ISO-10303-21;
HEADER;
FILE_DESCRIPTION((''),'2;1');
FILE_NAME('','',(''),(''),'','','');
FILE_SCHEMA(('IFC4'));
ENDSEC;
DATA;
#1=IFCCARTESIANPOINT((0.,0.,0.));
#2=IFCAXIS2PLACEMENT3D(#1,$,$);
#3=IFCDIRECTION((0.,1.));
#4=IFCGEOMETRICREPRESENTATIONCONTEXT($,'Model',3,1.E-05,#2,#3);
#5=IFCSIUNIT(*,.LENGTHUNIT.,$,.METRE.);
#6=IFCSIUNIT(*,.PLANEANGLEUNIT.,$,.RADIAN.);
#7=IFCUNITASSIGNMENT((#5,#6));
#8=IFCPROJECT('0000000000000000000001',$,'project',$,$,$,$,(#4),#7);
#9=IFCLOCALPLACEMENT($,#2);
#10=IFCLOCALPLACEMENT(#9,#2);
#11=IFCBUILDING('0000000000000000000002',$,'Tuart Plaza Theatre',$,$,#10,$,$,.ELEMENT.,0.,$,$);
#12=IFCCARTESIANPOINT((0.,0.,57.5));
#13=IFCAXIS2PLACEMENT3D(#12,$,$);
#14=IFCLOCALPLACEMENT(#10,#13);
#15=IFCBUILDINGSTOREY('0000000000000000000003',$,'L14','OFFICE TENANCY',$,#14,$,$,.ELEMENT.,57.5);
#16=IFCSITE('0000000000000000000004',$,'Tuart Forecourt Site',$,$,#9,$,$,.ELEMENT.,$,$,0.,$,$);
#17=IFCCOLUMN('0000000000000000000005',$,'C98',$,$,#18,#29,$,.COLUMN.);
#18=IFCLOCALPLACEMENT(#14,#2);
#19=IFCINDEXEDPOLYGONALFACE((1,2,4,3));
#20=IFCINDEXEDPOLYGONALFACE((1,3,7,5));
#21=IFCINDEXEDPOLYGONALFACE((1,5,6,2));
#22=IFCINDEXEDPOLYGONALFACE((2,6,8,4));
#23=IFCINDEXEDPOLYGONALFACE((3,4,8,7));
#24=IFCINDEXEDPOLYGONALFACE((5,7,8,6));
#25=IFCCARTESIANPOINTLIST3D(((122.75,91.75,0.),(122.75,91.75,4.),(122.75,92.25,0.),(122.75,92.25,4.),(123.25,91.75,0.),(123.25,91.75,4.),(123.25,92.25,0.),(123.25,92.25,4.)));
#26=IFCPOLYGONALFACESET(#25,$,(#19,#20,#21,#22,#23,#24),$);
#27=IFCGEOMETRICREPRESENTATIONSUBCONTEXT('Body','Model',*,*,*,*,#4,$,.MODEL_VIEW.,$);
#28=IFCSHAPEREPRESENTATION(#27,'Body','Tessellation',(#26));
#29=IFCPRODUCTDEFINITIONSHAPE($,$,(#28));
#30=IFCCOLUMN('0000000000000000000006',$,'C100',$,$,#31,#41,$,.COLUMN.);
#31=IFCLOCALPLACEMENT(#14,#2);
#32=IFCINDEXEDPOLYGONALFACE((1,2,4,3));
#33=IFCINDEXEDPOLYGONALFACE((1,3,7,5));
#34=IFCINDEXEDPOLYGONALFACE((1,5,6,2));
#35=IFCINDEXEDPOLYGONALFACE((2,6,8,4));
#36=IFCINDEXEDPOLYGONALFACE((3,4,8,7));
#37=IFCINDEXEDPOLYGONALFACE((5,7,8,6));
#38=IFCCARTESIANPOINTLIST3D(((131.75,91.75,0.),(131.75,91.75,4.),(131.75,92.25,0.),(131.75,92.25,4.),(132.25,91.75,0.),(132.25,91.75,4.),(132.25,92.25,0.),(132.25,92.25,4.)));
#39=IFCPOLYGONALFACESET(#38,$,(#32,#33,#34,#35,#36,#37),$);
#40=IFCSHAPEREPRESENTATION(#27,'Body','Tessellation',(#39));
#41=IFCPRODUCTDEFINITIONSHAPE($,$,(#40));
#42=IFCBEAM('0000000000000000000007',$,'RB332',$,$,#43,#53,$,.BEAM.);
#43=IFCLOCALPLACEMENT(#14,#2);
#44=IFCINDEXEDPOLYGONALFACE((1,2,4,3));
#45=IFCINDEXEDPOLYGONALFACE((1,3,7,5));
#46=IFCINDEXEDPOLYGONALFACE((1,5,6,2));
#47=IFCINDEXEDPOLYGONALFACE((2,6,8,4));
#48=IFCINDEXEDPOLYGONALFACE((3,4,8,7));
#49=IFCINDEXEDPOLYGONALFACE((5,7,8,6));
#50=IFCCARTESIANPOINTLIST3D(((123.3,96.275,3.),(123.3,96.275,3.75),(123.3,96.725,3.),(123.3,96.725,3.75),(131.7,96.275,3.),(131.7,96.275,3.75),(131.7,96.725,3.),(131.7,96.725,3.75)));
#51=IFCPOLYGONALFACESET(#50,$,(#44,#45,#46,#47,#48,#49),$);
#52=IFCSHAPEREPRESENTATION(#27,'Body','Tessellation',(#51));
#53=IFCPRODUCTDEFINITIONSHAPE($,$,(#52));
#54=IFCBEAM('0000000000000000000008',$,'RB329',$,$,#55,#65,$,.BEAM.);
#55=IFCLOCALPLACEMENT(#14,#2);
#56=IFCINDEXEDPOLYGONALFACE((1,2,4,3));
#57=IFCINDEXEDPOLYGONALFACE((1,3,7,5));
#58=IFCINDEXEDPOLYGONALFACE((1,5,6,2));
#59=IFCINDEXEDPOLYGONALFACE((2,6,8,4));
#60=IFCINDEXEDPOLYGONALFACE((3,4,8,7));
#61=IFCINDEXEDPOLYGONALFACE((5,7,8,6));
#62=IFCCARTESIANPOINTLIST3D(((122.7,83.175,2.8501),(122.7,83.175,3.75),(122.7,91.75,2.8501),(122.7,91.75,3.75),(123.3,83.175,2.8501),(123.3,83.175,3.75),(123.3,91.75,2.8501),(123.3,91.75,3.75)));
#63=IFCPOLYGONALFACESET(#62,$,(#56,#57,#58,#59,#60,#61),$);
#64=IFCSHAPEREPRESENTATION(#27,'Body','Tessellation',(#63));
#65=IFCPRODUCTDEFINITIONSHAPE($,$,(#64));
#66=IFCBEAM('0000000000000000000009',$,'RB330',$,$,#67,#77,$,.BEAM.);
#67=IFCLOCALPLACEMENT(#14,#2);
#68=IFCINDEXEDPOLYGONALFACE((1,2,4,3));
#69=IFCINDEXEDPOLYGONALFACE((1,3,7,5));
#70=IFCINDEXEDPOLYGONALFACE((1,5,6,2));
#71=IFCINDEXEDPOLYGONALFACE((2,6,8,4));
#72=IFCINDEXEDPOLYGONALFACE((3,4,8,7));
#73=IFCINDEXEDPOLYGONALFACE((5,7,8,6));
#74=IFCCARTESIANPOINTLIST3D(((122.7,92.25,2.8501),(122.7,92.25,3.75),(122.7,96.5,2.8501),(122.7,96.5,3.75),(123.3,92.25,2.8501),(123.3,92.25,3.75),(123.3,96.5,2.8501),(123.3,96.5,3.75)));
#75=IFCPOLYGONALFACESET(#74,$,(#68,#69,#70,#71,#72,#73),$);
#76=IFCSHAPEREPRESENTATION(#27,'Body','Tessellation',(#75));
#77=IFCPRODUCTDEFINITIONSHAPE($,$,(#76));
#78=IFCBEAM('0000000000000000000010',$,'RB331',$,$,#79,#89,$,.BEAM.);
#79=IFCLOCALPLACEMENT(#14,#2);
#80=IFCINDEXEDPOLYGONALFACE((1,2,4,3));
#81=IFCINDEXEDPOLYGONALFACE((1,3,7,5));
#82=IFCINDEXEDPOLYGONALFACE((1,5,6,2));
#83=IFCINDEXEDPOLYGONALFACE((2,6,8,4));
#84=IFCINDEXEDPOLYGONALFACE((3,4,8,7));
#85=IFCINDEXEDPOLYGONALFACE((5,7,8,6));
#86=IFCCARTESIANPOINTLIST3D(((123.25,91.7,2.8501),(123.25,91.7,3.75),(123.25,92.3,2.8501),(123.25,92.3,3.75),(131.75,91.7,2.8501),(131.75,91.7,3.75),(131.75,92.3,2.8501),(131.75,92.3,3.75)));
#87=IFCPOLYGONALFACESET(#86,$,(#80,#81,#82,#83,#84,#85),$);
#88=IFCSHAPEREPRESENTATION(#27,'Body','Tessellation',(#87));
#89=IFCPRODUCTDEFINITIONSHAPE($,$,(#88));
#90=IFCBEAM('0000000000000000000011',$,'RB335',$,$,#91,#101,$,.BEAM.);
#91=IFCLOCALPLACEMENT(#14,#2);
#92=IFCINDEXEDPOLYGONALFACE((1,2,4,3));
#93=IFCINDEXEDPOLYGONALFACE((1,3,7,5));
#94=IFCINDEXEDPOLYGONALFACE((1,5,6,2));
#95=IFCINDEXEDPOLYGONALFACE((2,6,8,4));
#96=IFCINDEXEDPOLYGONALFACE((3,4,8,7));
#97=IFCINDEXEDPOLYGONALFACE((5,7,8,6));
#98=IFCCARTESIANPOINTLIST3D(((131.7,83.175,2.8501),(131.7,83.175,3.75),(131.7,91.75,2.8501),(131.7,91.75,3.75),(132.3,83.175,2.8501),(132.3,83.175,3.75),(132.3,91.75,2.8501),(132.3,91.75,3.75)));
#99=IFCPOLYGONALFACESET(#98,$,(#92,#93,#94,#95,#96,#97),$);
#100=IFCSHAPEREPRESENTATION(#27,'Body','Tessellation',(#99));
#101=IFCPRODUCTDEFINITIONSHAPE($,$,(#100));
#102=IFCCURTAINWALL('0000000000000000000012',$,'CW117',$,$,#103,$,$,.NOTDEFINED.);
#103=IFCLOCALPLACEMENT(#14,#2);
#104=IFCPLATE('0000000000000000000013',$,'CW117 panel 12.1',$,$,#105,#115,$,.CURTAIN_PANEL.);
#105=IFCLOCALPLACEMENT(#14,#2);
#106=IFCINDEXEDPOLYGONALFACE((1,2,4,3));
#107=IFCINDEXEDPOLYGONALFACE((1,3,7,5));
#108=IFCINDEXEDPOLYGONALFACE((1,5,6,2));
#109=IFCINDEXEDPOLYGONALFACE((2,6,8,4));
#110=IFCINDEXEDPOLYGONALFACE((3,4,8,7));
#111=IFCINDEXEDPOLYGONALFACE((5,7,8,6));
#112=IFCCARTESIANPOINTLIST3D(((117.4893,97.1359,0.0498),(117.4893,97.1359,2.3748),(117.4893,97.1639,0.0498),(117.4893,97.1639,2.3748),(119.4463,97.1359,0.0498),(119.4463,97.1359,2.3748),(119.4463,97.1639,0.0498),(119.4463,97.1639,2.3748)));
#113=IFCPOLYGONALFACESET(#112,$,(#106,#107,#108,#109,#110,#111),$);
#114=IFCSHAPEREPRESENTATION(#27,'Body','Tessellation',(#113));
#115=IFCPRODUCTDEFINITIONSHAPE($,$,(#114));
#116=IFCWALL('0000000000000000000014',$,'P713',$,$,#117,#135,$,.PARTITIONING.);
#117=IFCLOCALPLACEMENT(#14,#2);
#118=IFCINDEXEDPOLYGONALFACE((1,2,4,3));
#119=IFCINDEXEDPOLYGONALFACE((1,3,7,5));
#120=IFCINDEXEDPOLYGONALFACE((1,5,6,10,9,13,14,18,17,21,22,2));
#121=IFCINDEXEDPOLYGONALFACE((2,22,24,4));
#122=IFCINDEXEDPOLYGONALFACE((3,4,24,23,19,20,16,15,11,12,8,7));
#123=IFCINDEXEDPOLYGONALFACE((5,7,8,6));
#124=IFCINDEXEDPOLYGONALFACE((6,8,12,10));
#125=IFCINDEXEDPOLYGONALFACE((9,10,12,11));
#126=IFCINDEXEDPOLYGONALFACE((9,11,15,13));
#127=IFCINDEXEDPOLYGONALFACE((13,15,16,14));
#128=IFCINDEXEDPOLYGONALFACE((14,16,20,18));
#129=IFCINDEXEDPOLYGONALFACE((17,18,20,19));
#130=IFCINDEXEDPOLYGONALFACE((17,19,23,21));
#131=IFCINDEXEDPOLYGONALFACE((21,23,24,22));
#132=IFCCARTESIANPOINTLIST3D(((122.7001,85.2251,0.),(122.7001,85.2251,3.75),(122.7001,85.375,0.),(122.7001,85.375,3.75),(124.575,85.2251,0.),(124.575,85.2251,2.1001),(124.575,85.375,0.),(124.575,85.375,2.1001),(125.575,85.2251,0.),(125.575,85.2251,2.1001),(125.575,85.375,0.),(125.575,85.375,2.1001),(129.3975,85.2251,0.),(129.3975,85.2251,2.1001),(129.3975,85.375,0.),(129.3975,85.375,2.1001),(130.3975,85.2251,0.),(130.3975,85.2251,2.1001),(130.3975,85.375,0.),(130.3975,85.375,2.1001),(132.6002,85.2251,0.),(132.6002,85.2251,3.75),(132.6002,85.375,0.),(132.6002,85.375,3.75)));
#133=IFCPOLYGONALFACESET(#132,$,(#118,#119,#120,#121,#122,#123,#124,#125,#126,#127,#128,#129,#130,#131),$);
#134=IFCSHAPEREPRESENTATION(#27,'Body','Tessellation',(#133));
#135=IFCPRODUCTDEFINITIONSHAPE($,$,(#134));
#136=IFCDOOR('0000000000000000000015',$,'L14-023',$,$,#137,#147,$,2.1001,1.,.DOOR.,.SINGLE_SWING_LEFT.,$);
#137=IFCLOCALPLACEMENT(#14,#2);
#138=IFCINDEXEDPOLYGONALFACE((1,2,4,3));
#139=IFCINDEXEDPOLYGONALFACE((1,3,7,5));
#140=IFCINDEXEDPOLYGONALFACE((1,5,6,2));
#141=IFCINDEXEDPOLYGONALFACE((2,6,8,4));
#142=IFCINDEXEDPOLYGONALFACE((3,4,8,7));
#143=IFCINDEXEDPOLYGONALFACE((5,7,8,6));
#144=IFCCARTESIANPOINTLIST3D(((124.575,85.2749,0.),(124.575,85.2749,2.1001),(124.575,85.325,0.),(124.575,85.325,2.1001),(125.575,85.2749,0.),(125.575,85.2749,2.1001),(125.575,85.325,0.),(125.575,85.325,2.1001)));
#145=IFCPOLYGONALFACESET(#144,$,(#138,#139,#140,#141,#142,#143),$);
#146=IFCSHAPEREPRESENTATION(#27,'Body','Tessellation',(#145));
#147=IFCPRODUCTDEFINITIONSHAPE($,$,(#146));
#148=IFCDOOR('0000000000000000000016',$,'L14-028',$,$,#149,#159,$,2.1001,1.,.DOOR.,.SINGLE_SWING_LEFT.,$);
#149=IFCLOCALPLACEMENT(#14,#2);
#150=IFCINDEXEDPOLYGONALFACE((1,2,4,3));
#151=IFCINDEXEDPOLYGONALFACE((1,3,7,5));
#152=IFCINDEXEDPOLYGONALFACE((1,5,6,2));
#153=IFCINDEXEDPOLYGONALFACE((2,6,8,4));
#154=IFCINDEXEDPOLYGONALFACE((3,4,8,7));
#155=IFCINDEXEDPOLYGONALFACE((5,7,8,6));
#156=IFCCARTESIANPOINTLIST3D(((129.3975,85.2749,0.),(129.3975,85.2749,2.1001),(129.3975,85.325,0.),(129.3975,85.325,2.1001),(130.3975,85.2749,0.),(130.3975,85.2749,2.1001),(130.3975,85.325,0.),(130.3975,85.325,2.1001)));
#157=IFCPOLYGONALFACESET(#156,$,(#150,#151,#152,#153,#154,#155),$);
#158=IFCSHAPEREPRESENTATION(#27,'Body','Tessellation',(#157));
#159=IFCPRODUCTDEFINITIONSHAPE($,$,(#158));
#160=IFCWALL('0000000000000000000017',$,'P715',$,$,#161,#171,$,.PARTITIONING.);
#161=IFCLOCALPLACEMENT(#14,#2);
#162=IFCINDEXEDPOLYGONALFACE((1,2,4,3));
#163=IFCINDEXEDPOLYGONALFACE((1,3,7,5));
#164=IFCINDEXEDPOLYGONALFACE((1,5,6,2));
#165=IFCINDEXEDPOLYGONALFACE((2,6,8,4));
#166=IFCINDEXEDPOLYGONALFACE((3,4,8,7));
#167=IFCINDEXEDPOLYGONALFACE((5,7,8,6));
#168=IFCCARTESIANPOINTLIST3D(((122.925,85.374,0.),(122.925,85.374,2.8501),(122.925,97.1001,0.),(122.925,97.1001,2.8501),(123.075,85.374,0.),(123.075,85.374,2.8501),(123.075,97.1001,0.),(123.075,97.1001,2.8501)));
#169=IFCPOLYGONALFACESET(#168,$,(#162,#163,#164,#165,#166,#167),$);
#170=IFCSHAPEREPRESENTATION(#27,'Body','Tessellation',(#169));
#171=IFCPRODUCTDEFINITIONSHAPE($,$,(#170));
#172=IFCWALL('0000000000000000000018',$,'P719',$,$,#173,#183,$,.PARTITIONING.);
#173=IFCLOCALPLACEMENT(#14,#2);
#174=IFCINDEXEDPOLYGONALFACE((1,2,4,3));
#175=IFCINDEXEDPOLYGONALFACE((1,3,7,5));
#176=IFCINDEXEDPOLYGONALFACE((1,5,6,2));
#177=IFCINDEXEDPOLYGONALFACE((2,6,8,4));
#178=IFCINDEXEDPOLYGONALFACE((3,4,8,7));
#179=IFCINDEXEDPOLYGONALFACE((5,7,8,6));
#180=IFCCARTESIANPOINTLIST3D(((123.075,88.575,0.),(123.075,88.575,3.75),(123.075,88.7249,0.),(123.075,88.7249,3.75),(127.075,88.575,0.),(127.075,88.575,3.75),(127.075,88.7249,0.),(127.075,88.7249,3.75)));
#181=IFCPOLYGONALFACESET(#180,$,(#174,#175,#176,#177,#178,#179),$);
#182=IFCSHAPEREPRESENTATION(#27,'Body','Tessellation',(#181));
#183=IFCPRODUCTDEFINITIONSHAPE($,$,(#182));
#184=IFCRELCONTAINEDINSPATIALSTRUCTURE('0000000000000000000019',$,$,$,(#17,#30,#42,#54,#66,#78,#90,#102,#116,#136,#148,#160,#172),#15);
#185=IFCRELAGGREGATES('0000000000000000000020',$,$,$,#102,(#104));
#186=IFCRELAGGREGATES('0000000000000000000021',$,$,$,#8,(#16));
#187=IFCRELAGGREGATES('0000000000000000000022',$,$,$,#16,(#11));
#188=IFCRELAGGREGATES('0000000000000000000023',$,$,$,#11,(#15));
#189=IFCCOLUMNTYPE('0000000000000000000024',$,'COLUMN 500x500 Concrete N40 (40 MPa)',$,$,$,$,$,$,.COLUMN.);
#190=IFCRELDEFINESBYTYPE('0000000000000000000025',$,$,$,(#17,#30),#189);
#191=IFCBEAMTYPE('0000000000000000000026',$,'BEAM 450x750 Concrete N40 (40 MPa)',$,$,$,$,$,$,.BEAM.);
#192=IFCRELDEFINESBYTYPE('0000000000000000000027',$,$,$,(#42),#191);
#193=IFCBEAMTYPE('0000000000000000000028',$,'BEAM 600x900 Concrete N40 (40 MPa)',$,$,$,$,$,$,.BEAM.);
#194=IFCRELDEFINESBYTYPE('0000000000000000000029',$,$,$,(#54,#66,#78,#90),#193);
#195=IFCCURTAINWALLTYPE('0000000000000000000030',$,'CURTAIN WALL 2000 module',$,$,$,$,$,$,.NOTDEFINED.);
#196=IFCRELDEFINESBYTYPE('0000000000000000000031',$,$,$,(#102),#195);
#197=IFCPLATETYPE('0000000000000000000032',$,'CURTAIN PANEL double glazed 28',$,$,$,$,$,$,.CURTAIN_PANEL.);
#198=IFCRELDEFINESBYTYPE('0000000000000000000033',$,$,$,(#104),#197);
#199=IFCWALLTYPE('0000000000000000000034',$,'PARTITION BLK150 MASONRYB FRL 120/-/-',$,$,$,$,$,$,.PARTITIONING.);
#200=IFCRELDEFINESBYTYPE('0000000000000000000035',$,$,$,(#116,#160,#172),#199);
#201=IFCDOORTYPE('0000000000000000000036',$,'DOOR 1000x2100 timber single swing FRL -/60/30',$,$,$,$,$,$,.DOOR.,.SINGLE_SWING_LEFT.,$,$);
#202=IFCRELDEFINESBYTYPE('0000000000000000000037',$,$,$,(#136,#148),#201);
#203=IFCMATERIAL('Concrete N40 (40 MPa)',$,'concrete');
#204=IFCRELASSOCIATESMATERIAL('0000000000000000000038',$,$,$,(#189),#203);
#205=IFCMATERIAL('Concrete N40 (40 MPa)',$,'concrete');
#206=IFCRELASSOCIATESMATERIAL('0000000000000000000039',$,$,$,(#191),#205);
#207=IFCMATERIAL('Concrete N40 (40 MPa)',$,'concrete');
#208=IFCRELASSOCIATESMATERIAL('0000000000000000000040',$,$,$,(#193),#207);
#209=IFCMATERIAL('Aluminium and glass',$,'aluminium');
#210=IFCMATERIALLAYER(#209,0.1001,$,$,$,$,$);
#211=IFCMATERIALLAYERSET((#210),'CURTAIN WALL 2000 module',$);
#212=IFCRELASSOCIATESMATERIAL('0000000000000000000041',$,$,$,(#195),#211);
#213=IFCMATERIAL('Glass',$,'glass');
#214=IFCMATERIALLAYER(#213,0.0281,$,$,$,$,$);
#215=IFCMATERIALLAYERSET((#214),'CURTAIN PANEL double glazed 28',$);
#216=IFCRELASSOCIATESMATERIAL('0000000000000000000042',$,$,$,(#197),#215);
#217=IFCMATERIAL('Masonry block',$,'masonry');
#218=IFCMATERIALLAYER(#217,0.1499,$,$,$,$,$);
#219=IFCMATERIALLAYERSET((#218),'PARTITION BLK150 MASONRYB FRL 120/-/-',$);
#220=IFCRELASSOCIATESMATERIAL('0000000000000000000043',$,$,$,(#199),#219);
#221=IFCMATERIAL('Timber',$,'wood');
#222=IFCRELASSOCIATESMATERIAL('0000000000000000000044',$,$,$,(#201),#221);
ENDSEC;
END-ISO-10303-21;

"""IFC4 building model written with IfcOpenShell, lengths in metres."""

from ifc_helpers import new_model, si_unit, direction, frame, frame_2d, origin, origin_2d, place, context, subcontext, project, spatial, rectangle, extrude, material, layer, layer_set, material_profile, profile_set, type_object, element, fill, aggregate, save


model = new_model("IFC4")

# Units and contexts
model_context = context("Model", 3, precision=1e-05, world=origin(), true_north=direction((0.0, 1.0)))
body_context = subcontext(model_context, "Body", "Model", "MODEL_VIEW")
ifc_project = project(units=[si_unit("LENGTHUNIT", "METRE"), si_unit("PLANEANGLEUNIT", "RADIAN")], contexts=[model_context])

# Site, building, storey
site_placement = place(None, origin())
site = spatial("IfcSite", under=ifc_project, at=site_placement, Name="Tuart Forecourt Site", CompositionType="ELEMENT", RefElevation=0.0)
building_placement = place(site_placement, origin())
building = spatial("IfcBuilding", under=site, at=building_placement, Name="Tuart Plaza Theatre", CompositionType="ELEMENT", ElevationOfRefHeight=0.0)
storey_placement = place(building_placement, frame((0.0, 0.0, 57.5)))
storey = spatial("IfcBuildingStorey", under=building, at=storey_placement, Name="L14", Description="OFFICE TENANCY", CompositionType="ELEMENT", Elevation=57.5)

# Columns
ifc_material_1 = material(Name="Concrete N40 (40 MPa)", Category="concrete")
ifc_material_profile_1 = material_profile(ifc_material_1, rectangle(XDim=0.5, YDim=0.5, at=origin_2d()), Name="COLUMN 500x500 Concrete N40 (40 MPa)")
ifc_profile_set_1 = profile_set([ifc_material_profile_1], Name="Concrete N40 (40 MPa)")
column_type = type_object("IfcColumnType", Name="COLUMN 500x500 Concrete N40 (40 MPa)", PredefinedType="COLUMN", material=ifc_profile_set_1)
for number, where, z_axis, x_axis, name in (
    (1, (123.0, 92.0, 0.0), (0.0, 0.0, 1.0), (1.0, 0.0, 0.0), "C98"),
    (2, (132.0, 92.0, 0.0), (0.0, 0.0, 1.0), (1.0, 0.0, 0.0), "C100"),
):
    element("IfcColumn", number, at=place(storey_placement, frame(where, z_axis=z_axis, x_axis=x_axis)), inside=storey, type_object=column_type, Name=name, PredefinedType="COLUMN", context=body_context, shape_type="SweptSolid", body=[
        extrude(rectangle(XDim=0.5, YDim=0.5, at=origin_2d()), origin(), (0.0, 0.0, 1.0), 4.0),
    ])

# Beams
ifc_material_2 = material(Name="Concrete N40 (40 MPa)", Category="concrete")
ifc_material_profile_2 = material_profile(ifc_material_2, rectangle(XDim=0.45, YDim=0.75, at=origin_2d()), Name="BEAM 450x750 Concrete N40 (40 MPa)")
ifc_profile_set_2 = profile_set([ifc_material_profile_2], Name="Concrete N40 (40 MPa)")
beam_type_1 = type_object("IfcBeamType", Name="BEAM 450x750 Concrete N40 (40 MPa)", PredefinedType="BEAM", material=ifc_profile_set_2)
beam_1_placement = place(storey_placement, frame((123.3, 96.5, 3.375), z_axis=(1.0, 0.0, 0.0), x_axis=(0.0, 1.0, 0.0)))
element("IfcBeam", 3, at=beam_1_placement, inside=storey, type_object=beam_type_1, Name="RB332", PredefinedType="BEAM", context=body_context, shape_type="SweptSolid", body=[
    extrude(rectangle(XDim=0.45, YDim=0.75, at=origin_2d()), origin(), (0.0, 0.0, 1.0), 8.3999),
])
ifc_material_3 = material(Name="Concrete N40 (40 MPa)", Category="concrete")
ifc_material_profile_3 = material_profile(ifc_material_3, rectangle(XDim=0.6001, YDim=0.8999, at=origin_2d()), Name="BEAM 600x900 Concrete N40 (40 MPa)")
ifc_profile_set_3 = profile_set([ifc_material_profile_3], Name="Concrete N40 (40 MPa)")
beam_type_2 = type_object("IfcBeamType", Name="BEAM 600x900 Concrete N40 (40 MPa)", PredefinedType="BEAM", material=ifc_profile_set_3)
beam_2_placement = place(storey_placement, frame((123.0, 83.175, 3.3), z_axis=(0.0, 1.0, 0.0), x_axis=(-1.0, 0.0, 0.0)))
element("IfcBeam", 4, at=beam_2_placement, inside=storey, type_object=beam_type_2, Name="RB329", PredefinedType="BEAM", context=body_context, shape_type="SweptSolid", body=[
    extrude(rectangle(XDim=0.6001, YDim=0.8999, at=origin_2d()), origin(), (0.0, 0.0, 1.0), 8.575),
])
beam_3_placement = place(storey_placement, frame((123.0, 92.25, 3.3), z_axis=(0.0, 1.0, 0.0), x_axis=(-1.0, 0.0, 0.0)))
element("IfcBeam", 5, at=beam_3_placement, inside=storey, type_object=beam_type_2, Name="RB330", PredefinedType="BEAM", context=body_context, shape_type="SweptSolid", body=[
    extrude(rectangle(XDim=0.6001, YDim=0.8999, at=origin_2d()), origin(), (0.0, 0.0, 1.0), 4.25),
])
beam_4_placement = place(storey_placement, frame((123.25, 92.0, 3.3), z_axis=(1.0, 0.0, 0.0), x_axis=(0.0, 1.0, 0.0)))
element("IfcBeam", 6, at=beam_4_placement, inside=storey, type_object=beam_type_2, Name="RB331", PredefinedType="BEAM", context=body_context, shape_type="SweptSolid", body=[
    extrude(rectangle(XDim=0.6001, YDim=0.8999, at=origin_2d()), origin(), (0.0, 0.0, 1.0), 8.5),
])
beam_5_placement = place(storey_placement, frame((132.0, 83.175, 3.3), z_axis=(0.0, 1.0, 0.0), x_axis=(-1.0, 0.0, 0.0)))
element("IfcBeam", 7, at=beam_5_placement, inside=storey, type_object=beam_type_2, Name="RB335", PredefinedType="BEAM", context=body_context, shape_type="SweptSolid", body=[
    extrude(rectangle(XDim=0.6001, YDim=0.8999, at=origin_2d()), origin(), (0.0, 0.0, 1.0), 8.575),
])

# Curtain wall, plate
ifc_material_4 = material(Name="Aluminium and glass", Category="aluminium")
ifc_layer_1 = layer(ifc_material_4, 0.1001)
ifc_layer_set_1 = layer_set([ifc_layer_1], Name="CURTAIN WALL 2000 module")
curtain_wall_type = type_object("IfcCurtainWallType", Name="CURTAIN WALL 2000 module", PredefinedType="NOTDEFINED", material=ifc_layer_set_1)
curtain_wall_placement = place(storey_placement, origin())
curtain_wall = element("IfcCurtainWall", 8, at=curtain_wall_placement, inside=storey, type_object=curtain_wall_type, Name="CW117", PredefinedType="NOTDEFINED")
ifc_material_5 = material(Name="Glass", Category="glass")
ifc_layer_2 = layer(ifc_material_5, 0.0281)
ifc_layer_set_2 = layer_set([ifc_layer_2], Name="CURTAIN PANEL double glazed 28")
plate_type = type_object("IfcPlateType", Name="CURTAIN PANEL double glazed 28", PredefinedType="CURTAIN_PANEL", material=ifc_layer_set_2)
plate_placement = place(storey_placement, frame((118.4678, 97.1499, 0.0498), z_axis=(0.0, 0.0, 1.0), x_axis=(-1.0, 0.0, 0.0)))
plate = element("IfcPlate", 9, at=plate_placement, type_object=plate_type, Name="CW117 panel 12.1", PredefinedType="CURTAIN_PANEL", context=body_context, shape_type="SweptSolid", body=[
    extrude(rectangle(XDim=1.957, YDim=0.0281, at=origin_2d()), origin(), (0.0, 0.0, 1.0), 2.325),
])
aggregate(curtain_wall, [plate])

# Wall, openings, doors
ifc_material_6 = material(Name="Masonry block", Category="masonry")
ifc_layer_3 = layer(ifc_material_6, 0.1499)
ifc_layer_set_3 = layer_set([ifc_layer_3], Name="PARTITION BLK150 MASONRYB FRL 120/-/-")
wall_type_1 = type_object("IfcWallType", Name="PARTITION BLK150 MASONRYB FRL 120/-/-", PredefinedType="PARTITIONING", material=ifc_layer_set_3)
wall_1_placement = place(storey_placement, frame((122.7, 85.3, 0.0), z_axis=(0.0, 0.0, 1.0), x_axis=(1.0, 0.0, 0.0)))
wall_1 = element("IfcWall", 10, at=wall_1_placement, inside=storey, type_object=wall_type_1, Name="P713", PredefinedType="PARTITIONING", context=body_context, shape_type="SweptSolid", body=[
    extrude(rectangle(XDim=9.9001, YDim=0.1499, at=frame_2d((4.9502, 0.0))), origin(), (0.0, 0.0, 1.0), 3.75),
])
opening_1_placement = place(wall_1_placement, frame((1.875, 0.0, 0.0)))
opening_1 = element("IfcOpeningElement", 11, at=opening_1_placement, cuts=wall_1, PredefinedType="OPENING", context=body_context, shape_type="SweptSolid", body=[
    extrude(rectangle(XDim=1.0, YDim=2.1001, at=frame_2d((0.5, 1.05))), frame((0.0, 0.085, 0.0), z_axis=(0.0, -1.0, 0.0), x_axis=(1.0, 0.0, 0.0)), (0.0, 0.0, 1.0), 0.1699),
])
opening_2_placement = place(wall_1_placement, frame((6.6975, 0.0, 0.0)))
opening_2 = element("IfcOpeningElement", 12, at=opening_2_placement, cuts=wall_1, PredefinedType="OPENING", context=body_context, shape_type="SweptSolid", body=[
    extrude(rectangle(XDim=1.0, YDim=2.1001, at=frame_2d((0.5, 1.05))), frame((0.0, 0.085, 0.0), z_axis=(0.0, -1.0, 0.0), x_axis=(1.0, 0.0, 0.0)), (0.0, 0.0, 1.0), 0.1699),
])
ifc_material_7 = material(Name="Timber", Category="wood")
door_type_1 = type_object("IfcDoorType", Name="DOOR 1000x2100 timber single swing FRL -/60/30", OperationType="SINGLE_SWING_LEFT", PredefinedType="DOOR", material=ifc_material_7)
door_1_placement = place(opening_1_placement, origin())
door_1 = element("IfcDoor", 13, at=door_1_placement, inside=storey, type_object=door_type_1, Name="L14-023", OperationType="SINGLE_SWING_LEFT", OverallHeight=2.1001, OverallWidth=1.0, PredefinedType="DOOR", context=body_context, shape_type="SweptSolid", body=[
    extrude(rectangle(XDim=1.0, YDim=2.1001, at=frame_2d((0.5, 1.05))), frame((0.0, 0.0249, 0.0), z_axis=(0.0, -1.0, 0.0), x_axis=(1.0, 0.0, 0.0)), (0.0, 0.0, 1.0), 0.05),
])
fill(opening_1, door_1)
door_2_placement = place(opening_2_placement, origin())
door_2 = element("IfcDoor", 14, at=door_2_placement, inside=storey, type_object=door_type_1, Name="L14-028", OperationType="SINGLE_SWING_LEFT", OverallHeight=2.1001, OverallWidth=1.0, PredefinedType="DOOR", context=body_context, shape_type="SweptSolid", body=[
    extrude(rectangle(XDim=1.0, YDim=2.1001, at=frame_2d((0.5, 1.05))), frame((0.0, 0.0249, 0.0), z_axis=(0.0, -1.0, 0.0), x_axis=(1.0, 0.0, 0.0)), (0.0, 0.0, 1.0), 0.05),
])
fill(opening_2, door_2)

# Walls
wall_2_placement = place(storey_placement, frame((123.0, 85.374, 0.0), z_axis=(0.0, 0.0, 1.0), x_axis=(0.0, 1.0, 0.0)))
element("IfcWall", 15, at=wall_2_placement, inside=storey, type_object=wall_type_1, Name="P715", PredefinedType="PARTITIONING", context=body_context, shape_type="SweptSolid", body=[
    extrude(rectangle(XDim=11.7261, YDim=0.1499, at=frame_2d((5.863, 0.0))), origin(), (0.0, 0.0, 1.0), 2.8501),
])
wall_3_placement = place(storey_placement, frame((123.075, 88.6499, 0.0), z_axis=(0.0, 0.0, 1.0), x_axis=(1.0, 0.0, 0.0)))
element("IfcWall", 16, at=wall_3_placement, inside=storey, type_object=wall_type_1, Name="P719", PredefinedType="PARTITIONING", context=body_context, shape_type="SweptSolid", body=[
    extrude(rectangle(XDim=4.0, YDim=0.1499, at=frame_2d((2.0, 0.0))), origin(), (0.0, 0.0, 1.0), 3.75),
])

save(model, "model.ifc")
